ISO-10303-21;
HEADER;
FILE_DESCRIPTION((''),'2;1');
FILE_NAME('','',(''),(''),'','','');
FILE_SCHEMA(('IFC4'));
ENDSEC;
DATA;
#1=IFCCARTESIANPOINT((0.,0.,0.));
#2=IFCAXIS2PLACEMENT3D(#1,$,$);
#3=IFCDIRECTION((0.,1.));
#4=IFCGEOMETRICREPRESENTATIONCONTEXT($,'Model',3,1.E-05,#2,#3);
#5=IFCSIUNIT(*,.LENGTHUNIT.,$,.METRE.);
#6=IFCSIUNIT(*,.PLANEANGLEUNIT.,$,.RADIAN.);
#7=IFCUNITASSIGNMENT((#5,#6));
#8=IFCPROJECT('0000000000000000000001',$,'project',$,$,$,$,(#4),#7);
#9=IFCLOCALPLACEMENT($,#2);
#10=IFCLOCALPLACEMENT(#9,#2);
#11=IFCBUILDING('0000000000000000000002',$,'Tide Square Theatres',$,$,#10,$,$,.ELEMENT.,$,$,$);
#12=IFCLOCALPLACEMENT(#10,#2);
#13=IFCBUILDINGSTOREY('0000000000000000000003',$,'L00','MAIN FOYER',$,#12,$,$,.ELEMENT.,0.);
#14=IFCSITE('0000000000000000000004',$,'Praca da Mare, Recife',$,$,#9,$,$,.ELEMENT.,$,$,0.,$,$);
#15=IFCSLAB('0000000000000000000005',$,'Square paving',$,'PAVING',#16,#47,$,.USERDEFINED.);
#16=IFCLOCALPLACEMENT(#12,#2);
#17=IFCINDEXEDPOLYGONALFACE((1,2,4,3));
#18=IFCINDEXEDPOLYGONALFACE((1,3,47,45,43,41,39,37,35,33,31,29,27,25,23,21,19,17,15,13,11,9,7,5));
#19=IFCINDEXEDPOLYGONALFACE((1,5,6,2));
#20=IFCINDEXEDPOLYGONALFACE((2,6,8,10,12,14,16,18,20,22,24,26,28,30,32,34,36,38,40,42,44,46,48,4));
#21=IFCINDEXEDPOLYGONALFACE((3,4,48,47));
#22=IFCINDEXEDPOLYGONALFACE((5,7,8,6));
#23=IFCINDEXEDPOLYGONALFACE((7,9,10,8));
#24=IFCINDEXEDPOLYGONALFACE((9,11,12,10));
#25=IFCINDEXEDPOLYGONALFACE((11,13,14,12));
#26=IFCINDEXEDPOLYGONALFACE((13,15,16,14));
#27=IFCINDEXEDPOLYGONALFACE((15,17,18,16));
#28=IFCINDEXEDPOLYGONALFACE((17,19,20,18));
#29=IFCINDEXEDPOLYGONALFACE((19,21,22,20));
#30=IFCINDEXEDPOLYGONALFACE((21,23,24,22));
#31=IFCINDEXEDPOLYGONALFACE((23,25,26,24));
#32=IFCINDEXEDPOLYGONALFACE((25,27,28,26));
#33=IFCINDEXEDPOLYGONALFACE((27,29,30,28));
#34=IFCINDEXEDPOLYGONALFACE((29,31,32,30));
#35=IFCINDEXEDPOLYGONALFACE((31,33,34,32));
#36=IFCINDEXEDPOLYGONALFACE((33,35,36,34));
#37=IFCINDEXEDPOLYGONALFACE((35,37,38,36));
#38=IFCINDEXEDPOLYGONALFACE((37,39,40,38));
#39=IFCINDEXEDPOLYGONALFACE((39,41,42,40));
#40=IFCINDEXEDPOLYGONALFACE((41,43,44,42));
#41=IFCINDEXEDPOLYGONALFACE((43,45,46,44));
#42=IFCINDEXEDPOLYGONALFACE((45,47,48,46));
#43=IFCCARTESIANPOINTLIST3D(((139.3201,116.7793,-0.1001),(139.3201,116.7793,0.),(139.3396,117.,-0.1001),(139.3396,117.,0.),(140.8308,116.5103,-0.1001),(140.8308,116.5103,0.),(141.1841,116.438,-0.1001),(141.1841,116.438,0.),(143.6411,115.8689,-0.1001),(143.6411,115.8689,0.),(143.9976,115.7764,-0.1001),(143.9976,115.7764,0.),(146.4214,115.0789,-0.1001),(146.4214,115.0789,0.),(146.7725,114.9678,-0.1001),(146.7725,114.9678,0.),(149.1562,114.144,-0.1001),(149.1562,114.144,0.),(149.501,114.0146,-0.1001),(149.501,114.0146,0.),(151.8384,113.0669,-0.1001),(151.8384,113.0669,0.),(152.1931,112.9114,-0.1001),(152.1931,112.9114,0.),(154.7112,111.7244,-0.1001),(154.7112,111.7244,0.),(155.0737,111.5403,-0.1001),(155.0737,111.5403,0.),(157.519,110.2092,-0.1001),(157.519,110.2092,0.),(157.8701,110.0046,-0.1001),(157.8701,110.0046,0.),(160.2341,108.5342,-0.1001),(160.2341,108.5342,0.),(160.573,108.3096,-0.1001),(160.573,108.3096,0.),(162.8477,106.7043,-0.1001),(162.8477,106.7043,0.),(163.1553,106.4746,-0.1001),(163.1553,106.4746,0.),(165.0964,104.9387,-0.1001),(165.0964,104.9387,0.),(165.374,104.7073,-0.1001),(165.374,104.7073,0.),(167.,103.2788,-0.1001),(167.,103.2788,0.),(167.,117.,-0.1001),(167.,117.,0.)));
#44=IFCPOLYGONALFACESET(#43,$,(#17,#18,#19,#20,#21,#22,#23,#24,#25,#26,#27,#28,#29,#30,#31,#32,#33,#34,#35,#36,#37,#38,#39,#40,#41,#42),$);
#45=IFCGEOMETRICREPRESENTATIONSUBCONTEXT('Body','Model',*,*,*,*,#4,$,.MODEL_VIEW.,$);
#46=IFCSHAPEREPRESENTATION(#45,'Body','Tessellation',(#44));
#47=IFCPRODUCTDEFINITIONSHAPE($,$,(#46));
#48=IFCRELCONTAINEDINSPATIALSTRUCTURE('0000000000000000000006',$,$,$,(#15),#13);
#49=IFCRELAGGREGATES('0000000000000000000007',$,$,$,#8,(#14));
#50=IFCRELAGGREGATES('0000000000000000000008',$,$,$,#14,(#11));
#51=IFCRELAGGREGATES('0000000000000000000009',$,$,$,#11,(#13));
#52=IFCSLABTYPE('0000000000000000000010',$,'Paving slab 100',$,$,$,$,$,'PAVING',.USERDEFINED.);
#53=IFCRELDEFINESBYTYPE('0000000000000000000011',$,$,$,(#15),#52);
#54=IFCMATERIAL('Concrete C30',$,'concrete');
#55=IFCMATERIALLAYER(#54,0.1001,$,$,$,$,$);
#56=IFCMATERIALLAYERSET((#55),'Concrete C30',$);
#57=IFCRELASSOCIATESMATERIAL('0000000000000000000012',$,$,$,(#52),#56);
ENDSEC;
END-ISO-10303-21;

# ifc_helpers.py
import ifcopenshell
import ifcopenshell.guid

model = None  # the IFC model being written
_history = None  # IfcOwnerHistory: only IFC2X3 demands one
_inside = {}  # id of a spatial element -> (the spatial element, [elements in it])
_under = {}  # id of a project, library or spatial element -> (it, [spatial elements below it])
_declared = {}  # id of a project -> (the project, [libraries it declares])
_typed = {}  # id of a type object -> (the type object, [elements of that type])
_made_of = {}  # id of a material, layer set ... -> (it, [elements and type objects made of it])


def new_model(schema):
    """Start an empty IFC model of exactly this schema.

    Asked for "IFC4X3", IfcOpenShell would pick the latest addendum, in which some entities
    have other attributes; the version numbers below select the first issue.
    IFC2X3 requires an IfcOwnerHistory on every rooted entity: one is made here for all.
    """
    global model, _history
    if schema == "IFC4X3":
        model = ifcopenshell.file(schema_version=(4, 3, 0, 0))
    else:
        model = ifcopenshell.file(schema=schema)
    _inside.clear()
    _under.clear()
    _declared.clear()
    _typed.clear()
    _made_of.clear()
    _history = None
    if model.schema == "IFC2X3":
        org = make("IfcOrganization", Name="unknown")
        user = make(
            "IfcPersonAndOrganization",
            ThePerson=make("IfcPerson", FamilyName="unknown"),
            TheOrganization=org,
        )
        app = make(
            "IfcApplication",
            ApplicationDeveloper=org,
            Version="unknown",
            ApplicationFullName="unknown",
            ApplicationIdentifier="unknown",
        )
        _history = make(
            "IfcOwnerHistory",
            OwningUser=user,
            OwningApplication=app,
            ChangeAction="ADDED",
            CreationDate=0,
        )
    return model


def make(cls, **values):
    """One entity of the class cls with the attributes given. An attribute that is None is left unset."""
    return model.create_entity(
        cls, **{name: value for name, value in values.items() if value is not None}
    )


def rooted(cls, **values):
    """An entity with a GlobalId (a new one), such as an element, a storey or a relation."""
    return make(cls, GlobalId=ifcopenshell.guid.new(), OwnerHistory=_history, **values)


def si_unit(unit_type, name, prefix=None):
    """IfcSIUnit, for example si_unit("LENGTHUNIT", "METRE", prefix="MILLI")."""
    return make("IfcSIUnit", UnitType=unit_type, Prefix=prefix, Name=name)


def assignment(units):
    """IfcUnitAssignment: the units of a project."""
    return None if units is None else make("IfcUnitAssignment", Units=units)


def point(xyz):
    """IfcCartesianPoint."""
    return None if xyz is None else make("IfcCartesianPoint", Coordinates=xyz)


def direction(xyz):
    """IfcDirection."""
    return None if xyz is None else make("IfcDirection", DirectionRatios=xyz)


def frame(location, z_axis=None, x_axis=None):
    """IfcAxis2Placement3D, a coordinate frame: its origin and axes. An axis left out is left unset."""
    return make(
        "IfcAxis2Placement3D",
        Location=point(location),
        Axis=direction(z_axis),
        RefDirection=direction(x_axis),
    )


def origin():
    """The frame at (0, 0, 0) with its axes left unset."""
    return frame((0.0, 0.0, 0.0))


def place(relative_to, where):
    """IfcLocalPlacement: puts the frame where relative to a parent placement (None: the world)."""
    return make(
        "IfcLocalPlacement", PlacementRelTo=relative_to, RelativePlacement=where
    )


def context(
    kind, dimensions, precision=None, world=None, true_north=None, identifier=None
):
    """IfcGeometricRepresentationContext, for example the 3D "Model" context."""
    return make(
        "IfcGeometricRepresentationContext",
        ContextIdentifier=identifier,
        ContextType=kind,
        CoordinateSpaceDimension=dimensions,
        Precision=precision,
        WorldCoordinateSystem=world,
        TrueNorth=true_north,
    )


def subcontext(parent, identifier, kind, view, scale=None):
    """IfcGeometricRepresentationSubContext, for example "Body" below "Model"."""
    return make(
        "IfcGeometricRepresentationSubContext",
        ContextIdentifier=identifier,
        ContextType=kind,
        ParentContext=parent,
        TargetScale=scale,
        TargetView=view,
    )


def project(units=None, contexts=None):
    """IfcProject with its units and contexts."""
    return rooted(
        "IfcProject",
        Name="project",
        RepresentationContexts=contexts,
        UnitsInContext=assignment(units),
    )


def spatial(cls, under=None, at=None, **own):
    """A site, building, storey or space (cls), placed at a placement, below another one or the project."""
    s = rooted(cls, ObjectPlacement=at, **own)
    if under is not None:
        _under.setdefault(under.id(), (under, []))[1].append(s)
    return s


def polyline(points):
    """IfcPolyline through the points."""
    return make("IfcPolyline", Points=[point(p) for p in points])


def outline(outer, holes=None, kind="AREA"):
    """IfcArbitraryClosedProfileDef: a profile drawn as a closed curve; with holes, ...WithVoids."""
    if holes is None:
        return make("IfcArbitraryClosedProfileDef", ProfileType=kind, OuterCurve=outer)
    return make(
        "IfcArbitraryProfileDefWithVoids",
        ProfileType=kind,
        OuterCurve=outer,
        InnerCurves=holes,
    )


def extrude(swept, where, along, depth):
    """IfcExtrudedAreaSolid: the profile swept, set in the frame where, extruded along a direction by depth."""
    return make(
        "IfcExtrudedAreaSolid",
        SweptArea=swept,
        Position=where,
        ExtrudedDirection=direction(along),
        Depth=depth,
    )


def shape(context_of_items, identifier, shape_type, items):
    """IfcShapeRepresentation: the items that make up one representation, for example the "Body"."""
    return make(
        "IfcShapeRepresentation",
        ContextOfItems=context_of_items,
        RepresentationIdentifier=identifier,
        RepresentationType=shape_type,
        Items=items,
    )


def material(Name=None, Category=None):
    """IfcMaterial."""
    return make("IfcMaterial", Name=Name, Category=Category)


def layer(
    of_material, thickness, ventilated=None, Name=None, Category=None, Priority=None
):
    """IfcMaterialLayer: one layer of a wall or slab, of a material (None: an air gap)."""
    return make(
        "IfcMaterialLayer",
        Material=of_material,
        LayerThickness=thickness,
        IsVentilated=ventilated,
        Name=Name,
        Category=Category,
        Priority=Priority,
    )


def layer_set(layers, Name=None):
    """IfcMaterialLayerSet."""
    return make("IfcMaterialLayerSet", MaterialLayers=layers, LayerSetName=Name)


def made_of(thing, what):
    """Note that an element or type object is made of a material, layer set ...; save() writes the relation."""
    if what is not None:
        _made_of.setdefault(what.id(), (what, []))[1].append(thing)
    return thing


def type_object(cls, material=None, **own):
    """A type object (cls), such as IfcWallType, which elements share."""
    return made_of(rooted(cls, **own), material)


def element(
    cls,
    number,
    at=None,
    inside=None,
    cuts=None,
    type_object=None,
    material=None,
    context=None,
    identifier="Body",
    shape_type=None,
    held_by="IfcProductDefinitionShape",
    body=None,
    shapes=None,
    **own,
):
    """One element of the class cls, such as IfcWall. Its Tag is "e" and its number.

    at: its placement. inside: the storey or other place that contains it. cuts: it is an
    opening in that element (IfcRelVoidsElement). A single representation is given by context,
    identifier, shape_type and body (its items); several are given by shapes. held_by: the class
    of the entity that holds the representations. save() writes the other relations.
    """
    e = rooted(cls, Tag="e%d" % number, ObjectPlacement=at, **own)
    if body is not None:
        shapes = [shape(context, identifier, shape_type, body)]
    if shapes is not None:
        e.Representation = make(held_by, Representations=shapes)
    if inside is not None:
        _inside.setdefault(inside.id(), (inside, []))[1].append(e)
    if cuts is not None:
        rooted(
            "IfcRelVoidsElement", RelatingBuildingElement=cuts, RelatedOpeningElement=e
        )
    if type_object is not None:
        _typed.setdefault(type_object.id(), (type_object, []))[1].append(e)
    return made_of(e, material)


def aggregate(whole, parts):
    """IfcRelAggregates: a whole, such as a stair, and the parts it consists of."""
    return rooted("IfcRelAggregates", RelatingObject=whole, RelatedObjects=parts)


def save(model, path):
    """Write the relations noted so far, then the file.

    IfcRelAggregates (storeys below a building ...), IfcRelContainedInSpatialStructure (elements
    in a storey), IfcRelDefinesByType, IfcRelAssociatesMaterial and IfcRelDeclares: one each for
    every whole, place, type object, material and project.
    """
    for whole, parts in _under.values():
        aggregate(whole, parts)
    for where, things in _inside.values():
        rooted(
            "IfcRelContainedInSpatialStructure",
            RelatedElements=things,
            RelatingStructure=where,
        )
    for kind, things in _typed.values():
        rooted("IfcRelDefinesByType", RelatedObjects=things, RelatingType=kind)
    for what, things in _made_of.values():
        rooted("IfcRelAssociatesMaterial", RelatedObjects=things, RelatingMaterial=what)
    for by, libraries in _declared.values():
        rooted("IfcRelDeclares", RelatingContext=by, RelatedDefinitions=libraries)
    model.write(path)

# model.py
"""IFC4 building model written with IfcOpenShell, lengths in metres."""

from ifc_helpers import new_model, si_unit, direction, frame, origin, place, context, subcontext, project, spatial, polyline, outline, extrude, material, layer, layer_set, type_object, element, save


model = new_model("IFC4")

# Units and contexts
model_context = context("Model", 3, precision=1e-05, world=origin(), true_north=direction((0.0, 1.0)))
body_context = subcontext(model_context, "Body", "Model", "MODEL_VIEW")
ifc_project = project(units=[si_unit("LENGTHUNIT", "METRE"), si_unit("PLANEANGLEUNIT", "RADIAN")], contexts=[model_context])

# Site, building, storey
site_placement = place(None, origin())
site = spatial("IfcSite", under=ifc_project, at=site_placement, Name="Praca da Mare, Recife", CompositionType="ELEMENT", RefElevation=0.0)
building_placement = place(site_placement, origin())
building = spatial("IfcBuilding", under=site, at=building_placement, Name="Tide Square Theatres", CompositionType="ELEMENT")
storey_placement = place(building_placement, origin())
storey = spatial("IfcBuildingStorey", under=building, at=storey_placement, Name="L00", Description="MAIN FOYER", CompositionType="ELEMENT", Elevation=0.0)

# Slab
ifc_material_1 = material(Name="Concrete C30", Category="concrete")
ifc_layer_1 = layer(ifc_material_1, 0.1001)
ifc_layer_set_1 = layer_set([ifc_layer_1], Name="Concrete C30")
slab_type_1 = type_object("IfcSlabType", Name="Paving slab 100", ElementType="PAVING", PredefinedType="USERDEFINED", material=ifc_layer_set_1)
slab_1_placement = place(storey_placement, frame((0.0, 0.0, -0.1001)))
element("IfcSlab", 1, at=slab_1_placement, inside=storey, type_object=slab_type_1, Name="Square paving", ObjectType="PAVING", PredefinedType="USERDEFINED", context=body_context, shape_type="SweptSolid", body=[
    extrude(outline(polyline([(139.3201, 116.7793), (140.8308, 116.5103), (141.1841, 116.438), (143.6411, 115.8689), (143.9976, 115.7764), (146.4214, 115.0789), (146.7725, 114.9678), (149.1562, 114.144), (149.501, 114.0146), (151.8384, 113.0669), (152.1931, 112.9114), (154.7112, 111.7244), (155.0737, 111.5403), (157.519, 110.2092), (157.8701, 110.0046), (160.2341, 108.5342), (160.573, 108.3096), (162.8477, 106.7043), (163.1553, 106.4746), (165.0964, 104.9387), (165.374, 104.7073), (167.0, 103.2788), (167.0, 117.0), (139.3396, 117.0), (139.3201, 116.7793)])), origin(), (0.0, 0.0, 1.0), 0.1001),
])

save(model, "model.ifc")
